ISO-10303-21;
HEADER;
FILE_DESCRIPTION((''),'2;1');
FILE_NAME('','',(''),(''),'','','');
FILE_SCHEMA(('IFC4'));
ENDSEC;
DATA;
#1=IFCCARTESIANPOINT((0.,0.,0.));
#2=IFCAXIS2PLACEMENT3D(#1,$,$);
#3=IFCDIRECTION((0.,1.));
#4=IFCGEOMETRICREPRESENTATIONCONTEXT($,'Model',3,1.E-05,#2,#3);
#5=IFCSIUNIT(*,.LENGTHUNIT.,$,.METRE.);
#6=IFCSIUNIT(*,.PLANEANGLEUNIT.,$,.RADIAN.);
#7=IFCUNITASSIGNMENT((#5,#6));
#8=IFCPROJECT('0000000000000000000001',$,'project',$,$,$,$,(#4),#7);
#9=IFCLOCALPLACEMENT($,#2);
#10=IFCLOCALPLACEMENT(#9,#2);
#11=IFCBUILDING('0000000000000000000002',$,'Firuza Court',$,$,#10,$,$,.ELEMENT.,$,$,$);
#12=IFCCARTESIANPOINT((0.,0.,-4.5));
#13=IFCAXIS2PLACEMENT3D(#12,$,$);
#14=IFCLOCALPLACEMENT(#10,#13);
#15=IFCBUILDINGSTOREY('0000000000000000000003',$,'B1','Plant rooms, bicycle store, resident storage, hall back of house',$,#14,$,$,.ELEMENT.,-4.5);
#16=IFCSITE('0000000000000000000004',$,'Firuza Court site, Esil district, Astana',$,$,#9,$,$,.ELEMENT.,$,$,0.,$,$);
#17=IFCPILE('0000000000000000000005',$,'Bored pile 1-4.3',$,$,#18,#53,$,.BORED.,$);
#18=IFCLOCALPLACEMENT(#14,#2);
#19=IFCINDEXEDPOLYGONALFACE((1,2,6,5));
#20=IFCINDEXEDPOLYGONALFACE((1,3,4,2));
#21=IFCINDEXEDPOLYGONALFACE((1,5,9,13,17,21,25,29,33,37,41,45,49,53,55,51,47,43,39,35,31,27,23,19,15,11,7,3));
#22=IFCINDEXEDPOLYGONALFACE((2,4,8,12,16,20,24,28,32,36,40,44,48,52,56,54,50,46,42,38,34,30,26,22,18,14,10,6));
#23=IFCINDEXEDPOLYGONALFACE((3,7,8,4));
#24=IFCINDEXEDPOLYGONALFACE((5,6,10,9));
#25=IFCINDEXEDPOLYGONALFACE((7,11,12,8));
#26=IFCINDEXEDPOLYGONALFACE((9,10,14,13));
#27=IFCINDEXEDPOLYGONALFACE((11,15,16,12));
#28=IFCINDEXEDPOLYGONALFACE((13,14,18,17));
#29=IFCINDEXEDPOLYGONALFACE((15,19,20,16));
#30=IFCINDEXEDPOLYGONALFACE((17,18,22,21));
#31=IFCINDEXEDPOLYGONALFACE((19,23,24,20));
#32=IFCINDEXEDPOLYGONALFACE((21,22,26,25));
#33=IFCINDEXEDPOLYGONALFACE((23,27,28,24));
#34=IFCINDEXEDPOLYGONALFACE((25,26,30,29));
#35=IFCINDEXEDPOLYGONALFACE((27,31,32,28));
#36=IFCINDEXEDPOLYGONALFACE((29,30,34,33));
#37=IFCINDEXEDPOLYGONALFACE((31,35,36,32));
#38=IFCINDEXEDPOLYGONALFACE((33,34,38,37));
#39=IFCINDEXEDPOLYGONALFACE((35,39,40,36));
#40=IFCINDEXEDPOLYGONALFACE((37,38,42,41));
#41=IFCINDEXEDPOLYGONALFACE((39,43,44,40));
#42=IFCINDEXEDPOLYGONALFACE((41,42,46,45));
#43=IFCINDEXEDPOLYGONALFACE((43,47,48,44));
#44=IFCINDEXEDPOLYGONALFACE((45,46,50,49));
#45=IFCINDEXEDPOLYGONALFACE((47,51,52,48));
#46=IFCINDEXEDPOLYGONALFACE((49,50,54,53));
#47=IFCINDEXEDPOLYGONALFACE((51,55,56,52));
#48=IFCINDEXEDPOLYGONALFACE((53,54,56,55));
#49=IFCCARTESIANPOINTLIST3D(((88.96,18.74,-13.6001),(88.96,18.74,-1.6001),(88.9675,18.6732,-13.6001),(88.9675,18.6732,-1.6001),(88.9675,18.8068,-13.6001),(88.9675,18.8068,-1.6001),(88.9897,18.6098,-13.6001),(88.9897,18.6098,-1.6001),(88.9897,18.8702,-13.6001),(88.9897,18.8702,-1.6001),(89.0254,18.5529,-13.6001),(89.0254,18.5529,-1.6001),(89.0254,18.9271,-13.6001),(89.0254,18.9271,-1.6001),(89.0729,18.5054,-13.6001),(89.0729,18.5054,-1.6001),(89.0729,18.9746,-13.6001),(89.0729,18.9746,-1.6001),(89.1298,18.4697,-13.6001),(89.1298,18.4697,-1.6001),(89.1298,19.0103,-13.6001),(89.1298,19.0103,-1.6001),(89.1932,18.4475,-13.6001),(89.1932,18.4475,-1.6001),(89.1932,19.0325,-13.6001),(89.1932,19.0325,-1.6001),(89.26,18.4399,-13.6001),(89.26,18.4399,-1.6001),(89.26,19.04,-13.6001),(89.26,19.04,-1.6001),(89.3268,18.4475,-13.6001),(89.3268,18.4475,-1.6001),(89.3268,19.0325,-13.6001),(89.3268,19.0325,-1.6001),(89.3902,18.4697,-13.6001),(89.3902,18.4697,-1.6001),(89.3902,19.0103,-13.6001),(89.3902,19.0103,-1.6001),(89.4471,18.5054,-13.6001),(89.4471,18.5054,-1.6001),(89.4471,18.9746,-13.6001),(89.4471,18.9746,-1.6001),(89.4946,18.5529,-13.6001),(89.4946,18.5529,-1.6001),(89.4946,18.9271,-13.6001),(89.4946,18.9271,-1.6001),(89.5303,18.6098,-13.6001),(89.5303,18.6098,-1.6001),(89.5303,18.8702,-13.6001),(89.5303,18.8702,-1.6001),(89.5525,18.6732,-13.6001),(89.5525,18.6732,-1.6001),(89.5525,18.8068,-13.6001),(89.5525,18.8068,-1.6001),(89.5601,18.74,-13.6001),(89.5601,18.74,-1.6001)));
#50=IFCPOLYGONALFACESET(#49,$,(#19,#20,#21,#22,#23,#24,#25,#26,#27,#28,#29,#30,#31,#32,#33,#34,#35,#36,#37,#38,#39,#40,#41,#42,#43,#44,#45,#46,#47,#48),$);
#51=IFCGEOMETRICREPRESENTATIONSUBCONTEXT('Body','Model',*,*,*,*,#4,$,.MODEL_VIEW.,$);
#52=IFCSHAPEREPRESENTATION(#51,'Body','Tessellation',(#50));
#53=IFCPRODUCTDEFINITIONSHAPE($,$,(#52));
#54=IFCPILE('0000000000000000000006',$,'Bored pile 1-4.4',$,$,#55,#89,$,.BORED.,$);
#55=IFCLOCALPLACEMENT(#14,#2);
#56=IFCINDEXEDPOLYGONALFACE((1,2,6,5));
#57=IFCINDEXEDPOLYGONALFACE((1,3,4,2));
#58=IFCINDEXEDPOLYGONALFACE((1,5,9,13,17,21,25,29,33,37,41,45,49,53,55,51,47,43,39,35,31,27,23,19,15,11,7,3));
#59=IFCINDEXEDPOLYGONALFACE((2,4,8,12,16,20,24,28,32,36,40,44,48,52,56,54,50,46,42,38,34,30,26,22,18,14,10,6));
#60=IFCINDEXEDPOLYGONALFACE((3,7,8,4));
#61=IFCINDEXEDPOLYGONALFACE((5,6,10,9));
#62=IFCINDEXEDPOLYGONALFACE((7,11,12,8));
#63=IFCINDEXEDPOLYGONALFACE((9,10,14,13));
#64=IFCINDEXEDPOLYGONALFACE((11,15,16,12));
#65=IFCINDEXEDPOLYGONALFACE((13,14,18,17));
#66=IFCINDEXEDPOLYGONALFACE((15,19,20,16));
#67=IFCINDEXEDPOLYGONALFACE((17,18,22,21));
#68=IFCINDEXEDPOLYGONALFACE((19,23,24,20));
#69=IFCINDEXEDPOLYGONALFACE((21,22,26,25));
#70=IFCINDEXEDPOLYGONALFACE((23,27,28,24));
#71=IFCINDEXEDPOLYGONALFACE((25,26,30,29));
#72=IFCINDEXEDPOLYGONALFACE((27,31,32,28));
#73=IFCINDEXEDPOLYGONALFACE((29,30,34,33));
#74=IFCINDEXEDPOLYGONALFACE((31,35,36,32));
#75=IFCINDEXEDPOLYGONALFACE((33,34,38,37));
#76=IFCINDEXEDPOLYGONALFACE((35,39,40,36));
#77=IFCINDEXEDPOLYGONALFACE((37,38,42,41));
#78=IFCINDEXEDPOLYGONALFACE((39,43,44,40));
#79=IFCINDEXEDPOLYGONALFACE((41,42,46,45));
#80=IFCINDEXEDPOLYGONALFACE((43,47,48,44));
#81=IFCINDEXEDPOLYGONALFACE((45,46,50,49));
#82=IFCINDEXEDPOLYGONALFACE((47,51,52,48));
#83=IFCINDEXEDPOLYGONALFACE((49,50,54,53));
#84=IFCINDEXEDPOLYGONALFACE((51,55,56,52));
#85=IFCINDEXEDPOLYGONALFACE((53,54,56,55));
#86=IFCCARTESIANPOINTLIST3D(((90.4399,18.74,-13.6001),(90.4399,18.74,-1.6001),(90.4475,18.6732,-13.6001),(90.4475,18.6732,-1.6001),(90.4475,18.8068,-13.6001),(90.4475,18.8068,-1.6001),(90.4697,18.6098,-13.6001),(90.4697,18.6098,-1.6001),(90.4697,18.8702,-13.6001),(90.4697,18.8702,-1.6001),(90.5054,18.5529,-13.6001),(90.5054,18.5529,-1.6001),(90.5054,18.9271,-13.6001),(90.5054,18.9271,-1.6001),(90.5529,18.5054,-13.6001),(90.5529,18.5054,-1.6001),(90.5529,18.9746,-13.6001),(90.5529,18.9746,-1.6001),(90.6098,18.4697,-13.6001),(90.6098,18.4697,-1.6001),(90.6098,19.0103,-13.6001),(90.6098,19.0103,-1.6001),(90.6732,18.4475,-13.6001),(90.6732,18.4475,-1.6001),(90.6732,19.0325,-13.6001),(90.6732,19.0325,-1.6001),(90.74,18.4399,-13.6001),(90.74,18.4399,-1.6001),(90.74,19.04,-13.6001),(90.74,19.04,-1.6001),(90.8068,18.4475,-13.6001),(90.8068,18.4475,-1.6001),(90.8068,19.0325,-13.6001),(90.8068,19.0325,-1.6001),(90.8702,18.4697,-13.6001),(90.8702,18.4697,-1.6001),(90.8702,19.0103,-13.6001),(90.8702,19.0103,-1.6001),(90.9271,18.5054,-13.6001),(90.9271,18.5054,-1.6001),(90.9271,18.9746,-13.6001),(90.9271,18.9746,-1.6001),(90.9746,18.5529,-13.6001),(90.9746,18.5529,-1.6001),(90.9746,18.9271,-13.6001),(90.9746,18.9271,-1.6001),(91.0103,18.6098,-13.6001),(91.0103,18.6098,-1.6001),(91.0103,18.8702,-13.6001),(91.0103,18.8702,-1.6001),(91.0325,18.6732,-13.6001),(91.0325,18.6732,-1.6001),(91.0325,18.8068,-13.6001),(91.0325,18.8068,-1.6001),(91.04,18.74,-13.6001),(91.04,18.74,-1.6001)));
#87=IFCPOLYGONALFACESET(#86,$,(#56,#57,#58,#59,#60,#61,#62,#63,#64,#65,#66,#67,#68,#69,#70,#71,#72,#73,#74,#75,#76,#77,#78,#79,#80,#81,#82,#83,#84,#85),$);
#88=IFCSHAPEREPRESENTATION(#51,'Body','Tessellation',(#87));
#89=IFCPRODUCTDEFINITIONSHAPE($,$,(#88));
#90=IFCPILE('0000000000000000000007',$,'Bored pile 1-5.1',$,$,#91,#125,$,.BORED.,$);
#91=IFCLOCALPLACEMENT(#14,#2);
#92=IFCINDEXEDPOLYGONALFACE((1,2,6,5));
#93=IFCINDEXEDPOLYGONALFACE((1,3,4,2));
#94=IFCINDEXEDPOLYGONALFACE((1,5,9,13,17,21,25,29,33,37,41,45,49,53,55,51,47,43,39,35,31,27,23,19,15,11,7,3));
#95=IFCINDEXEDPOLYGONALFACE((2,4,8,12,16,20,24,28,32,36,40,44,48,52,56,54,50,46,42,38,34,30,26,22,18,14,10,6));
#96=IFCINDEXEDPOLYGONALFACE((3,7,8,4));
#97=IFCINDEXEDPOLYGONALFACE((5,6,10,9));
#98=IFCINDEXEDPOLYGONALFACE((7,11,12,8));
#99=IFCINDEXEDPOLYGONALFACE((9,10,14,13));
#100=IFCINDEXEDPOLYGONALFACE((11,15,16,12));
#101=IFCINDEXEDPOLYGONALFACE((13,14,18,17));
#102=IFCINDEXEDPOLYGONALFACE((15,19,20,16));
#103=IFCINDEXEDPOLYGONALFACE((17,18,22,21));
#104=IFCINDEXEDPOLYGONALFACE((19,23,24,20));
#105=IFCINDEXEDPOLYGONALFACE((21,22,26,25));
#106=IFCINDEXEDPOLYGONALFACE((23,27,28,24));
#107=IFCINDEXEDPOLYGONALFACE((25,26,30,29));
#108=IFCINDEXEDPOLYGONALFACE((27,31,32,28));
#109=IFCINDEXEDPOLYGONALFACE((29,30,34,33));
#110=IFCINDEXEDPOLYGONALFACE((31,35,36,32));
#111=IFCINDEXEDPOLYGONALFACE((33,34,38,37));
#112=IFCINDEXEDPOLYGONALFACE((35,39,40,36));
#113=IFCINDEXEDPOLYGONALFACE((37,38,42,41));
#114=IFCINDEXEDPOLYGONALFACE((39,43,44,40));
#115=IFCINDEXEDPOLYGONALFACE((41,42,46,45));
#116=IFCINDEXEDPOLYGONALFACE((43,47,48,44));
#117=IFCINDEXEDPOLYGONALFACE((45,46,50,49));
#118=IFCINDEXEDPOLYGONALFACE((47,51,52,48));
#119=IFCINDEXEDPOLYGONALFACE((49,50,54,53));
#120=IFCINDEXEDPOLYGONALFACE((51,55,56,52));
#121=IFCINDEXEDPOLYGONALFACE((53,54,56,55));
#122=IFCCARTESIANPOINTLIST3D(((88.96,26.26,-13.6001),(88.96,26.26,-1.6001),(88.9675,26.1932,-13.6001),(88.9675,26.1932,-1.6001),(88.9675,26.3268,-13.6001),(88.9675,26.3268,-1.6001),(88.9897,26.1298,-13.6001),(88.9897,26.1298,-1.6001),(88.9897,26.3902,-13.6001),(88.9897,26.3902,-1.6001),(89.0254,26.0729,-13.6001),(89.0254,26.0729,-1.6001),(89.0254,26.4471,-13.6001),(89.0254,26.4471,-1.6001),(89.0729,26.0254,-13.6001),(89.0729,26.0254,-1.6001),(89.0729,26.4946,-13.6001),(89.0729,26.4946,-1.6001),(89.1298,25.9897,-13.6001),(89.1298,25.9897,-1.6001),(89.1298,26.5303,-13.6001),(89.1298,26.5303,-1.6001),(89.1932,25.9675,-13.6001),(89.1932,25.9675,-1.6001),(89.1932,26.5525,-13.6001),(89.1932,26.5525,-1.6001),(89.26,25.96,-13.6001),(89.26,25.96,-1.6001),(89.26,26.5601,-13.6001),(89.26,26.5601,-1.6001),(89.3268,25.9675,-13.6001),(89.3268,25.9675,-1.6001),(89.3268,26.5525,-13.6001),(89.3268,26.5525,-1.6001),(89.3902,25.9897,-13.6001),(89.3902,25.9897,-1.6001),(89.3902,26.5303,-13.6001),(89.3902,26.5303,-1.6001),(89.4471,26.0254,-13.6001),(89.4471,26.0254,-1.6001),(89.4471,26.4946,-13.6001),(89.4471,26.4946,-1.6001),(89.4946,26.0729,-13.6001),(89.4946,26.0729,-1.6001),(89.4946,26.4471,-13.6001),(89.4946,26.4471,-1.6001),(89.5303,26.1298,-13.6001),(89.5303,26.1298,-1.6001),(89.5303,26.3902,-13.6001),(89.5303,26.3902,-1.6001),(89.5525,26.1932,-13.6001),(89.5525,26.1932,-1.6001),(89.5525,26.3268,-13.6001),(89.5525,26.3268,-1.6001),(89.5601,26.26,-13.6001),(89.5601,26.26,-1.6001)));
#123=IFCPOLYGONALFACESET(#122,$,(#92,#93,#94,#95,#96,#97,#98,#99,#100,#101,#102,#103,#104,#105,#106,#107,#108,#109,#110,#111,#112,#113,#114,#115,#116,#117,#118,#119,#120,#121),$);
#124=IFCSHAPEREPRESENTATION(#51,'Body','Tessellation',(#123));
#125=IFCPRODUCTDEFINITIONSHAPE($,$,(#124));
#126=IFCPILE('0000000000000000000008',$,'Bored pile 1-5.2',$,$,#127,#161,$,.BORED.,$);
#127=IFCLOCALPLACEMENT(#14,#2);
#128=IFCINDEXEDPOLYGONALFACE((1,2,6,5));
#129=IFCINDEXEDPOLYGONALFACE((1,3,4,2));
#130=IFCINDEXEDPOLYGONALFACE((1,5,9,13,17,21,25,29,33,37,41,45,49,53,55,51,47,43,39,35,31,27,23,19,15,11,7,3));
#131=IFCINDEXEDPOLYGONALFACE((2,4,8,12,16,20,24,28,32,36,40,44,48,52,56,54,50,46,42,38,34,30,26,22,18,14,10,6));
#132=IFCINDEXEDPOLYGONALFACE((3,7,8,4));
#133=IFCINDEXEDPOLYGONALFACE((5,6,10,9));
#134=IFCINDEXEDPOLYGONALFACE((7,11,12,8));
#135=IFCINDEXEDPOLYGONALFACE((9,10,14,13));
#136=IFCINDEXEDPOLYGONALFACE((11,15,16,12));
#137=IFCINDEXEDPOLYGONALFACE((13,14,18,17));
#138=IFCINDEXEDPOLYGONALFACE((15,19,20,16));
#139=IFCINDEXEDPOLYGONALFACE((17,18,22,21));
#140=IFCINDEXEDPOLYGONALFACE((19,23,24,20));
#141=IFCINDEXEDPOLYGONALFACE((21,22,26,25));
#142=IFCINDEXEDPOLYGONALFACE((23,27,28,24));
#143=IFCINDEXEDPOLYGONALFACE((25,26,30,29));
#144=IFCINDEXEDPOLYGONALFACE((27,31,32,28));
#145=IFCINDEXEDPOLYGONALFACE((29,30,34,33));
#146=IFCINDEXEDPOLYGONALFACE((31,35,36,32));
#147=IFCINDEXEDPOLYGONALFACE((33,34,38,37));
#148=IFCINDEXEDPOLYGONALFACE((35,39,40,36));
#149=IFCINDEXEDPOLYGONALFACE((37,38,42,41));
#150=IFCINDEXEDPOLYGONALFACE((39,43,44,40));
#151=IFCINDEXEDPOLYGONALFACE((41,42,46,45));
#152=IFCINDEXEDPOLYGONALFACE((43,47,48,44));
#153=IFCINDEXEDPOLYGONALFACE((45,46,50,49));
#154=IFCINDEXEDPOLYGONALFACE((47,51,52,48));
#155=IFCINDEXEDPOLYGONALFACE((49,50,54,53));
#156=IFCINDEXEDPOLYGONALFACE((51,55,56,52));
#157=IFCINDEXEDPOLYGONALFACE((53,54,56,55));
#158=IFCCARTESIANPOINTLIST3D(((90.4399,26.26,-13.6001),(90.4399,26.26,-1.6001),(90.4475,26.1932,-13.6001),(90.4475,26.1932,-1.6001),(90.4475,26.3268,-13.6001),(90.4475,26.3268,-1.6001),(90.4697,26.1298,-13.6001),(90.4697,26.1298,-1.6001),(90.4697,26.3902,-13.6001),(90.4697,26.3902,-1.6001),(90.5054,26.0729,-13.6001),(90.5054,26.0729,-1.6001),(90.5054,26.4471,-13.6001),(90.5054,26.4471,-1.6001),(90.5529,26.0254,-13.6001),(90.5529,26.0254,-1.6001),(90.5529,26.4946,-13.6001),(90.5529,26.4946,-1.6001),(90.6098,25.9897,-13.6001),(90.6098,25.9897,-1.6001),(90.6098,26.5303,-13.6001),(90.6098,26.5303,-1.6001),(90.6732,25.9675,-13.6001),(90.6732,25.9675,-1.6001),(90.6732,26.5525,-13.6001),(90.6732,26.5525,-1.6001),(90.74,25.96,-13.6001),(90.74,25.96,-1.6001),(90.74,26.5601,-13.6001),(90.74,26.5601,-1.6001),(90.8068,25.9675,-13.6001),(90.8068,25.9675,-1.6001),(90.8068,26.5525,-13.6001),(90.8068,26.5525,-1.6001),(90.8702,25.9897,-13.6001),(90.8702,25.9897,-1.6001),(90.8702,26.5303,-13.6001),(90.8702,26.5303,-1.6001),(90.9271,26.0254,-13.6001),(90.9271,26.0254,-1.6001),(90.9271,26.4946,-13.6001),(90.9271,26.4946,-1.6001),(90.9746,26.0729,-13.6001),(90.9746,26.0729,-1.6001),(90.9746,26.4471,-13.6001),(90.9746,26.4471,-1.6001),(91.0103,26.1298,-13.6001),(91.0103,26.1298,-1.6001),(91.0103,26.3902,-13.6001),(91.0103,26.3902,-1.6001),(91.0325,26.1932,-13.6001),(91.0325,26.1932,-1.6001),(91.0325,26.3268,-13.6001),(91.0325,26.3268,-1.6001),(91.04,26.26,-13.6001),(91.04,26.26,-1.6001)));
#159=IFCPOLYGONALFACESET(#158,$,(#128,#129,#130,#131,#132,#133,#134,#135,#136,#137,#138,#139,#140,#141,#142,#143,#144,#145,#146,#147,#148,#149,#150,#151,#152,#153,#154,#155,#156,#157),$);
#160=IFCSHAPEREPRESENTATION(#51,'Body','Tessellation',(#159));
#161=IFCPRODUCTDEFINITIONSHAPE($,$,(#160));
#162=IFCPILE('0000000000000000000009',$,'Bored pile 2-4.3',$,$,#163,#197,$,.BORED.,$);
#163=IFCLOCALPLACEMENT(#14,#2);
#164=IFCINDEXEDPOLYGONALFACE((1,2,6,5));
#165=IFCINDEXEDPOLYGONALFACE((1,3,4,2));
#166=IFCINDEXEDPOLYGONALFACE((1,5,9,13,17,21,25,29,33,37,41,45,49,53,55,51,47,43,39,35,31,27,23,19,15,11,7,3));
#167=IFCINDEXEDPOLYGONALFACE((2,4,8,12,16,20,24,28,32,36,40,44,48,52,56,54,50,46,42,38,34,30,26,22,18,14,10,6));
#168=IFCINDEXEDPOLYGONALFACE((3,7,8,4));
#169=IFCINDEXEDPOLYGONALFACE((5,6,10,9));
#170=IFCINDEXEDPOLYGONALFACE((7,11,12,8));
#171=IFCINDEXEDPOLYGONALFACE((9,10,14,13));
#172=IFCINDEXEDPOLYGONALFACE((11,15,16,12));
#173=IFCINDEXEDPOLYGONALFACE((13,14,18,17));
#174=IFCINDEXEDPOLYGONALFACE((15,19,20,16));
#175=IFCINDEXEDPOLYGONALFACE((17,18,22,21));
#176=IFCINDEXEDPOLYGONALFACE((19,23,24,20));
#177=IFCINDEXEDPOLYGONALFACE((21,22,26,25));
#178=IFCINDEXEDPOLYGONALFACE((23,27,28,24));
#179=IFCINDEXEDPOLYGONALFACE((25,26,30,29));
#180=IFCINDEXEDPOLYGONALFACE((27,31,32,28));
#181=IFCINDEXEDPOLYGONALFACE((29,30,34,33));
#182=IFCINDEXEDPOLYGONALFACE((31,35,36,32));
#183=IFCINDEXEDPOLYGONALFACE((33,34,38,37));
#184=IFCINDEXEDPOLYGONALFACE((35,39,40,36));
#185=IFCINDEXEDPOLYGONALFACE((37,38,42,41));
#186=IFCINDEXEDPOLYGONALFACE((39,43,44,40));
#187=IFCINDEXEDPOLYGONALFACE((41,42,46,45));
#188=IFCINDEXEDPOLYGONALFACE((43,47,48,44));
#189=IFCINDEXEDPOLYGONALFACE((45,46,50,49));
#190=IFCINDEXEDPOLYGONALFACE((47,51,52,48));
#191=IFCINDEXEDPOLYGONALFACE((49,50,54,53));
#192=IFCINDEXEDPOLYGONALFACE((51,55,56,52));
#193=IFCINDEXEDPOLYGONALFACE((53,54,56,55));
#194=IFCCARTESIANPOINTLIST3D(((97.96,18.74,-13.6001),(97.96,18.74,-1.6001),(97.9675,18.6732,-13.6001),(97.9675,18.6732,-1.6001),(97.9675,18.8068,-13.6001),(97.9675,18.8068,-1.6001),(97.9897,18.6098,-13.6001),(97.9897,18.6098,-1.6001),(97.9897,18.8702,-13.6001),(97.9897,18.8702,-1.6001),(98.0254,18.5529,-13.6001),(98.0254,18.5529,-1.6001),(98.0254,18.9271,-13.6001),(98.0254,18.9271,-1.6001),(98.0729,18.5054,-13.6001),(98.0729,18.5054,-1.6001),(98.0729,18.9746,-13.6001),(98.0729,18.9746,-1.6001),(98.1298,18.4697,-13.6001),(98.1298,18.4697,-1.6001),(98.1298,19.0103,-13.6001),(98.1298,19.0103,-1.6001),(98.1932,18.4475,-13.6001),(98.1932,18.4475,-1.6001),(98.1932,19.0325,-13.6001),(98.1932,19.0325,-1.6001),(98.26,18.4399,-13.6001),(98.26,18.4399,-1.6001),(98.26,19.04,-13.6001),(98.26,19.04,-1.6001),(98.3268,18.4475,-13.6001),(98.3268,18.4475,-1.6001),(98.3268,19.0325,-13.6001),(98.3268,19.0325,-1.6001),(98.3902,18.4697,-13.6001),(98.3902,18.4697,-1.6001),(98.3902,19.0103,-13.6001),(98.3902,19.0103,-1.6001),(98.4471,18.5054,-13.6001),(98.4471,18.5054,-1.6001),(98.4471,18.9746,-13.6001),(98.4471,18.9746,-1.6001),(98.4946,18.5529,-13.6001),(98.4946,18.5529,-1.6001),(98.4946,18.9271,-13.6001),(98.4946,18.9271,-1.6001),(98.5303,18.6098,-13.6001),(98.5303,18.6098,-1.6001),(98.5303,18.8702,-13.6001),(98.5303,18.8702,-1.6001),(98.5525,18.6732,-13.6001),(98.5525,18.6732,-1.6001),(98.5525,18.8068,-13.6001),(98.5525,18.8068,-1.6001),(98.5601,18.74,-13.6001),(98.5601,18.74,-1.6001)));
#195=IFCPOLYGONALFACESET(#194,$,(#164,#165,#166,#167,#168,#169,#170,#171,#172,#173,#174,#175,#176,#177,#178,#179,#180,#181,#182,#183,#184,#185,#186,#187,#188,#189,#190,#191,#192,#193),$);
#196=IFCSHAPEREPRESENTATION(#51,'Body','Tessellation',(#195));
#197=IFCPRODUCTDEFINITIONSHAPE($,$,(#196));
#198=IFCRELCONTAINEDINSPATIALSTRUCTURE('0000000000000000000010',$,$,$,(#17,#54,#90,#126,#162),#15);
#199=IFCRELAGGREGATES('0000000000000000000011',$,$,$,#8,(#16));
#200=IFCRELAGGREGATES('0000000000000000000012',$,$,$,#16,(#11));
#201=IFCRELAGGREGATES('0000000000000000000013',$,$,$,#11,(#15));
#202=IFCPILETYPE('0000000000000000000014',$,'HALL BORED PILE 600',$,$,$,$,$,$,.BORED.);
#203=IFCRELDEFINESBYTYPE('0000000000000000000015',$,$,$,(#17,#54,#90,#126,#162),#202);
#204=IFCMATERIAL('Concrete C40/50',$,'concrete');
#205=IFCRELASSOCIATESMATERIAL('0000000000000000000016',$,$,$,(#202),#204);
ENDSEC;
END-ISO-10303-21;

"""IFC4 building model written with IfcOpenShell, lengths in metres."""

from ifc_helpers import new_model, si_unit, direction, frame, origin, origin_2d, place, context, subcontext, project, spatial, circle, extrude, material, material_profile, profile_set, type_object, element, save


model = new_model("IFC4")

# Units and contexts
model_context = context("Model", 3, precision=1e-05, world=origin(), true_north=direction((0.0, 1.0)))
body_context = subcontext(model_context, "Body", "Model", "MODEL_VIEW")
ifc_project = project(units=[si_unit("LENGTHUNIT", "METRE"), si_unit("PLANEANGLEUNIT", "RADIAN")], contexts=[model_context])

# Site, building, storey
site_placement = place(None, origin())
site = spatial("IfcSite", under=ifc_project, at=site_placement, Name="Firuza Court site, Esil district, Astana", CompositionType="ELEMENT", RefElevation=0.0)
building_placement = place(site_placement, origin())
building = spatial("IfcBuilding", under=site, at=building_placement, Name="Firuza Court", CompositionType="ELEMENT")
storey_placement = place(building_placement, frame((0.0, 0.0, -4.5)))
storey = spatial("IfcBuildingStorey", under=building, at=storey_placement, Name="B1", Description="Plant rooms, bicycle store, resident storage, hall back of house", CompositionType="ELEMENT", Elevation=-4.5)

# Piles
ifc_material_1 = material(Name="Concrete C40/50", Category="concrete")
ifc_material_profile_1 = material_profile(ifc_material_1, circle(Radius=0.3, at=origin_2d()), Name="PILE 600")
ifc_profile_set_1 = profile_set([ifc_material_profile_1], Name="Concrete C40/50")
pile_type = type_object("IfcPileType", Name="HALL BORED PILE 600", PredefinedType="BORED", material=ifc_profile_set_1)
for number, where, z_axis, x_axis, name in (
    (1, (89.26, 18.74, -1.6001), (0.0, 0.0, -1.0), (1.0, 0.0, 0.0), "Bored pile 1-4.3"),
    (2, (90.74, 18.74, -1.6001), (0.0, 0.0, -1.0), (1.0, 0.0, 0.0), "Bored pile 1-4.4"),
    (3, (89.26, 26.26, -1.6001), (0.0, 0.0, -1.0), (1.0, 0.0, 0.0), "Bored pile 1-5.1"),
    (4, (90.74, 26.26, -1.6001), (0.0, 0.0, -1.0), (1.0, 0.0, 0.0), "Bored pile 1-5.2"),
    (5, (98.26, 18.74, -1.6001), (0.0, 0.0, -1.0), (1.0, 0.0, 0.0), "Bored pile 2-4.3"),
):
    element("IfcPile", number, at=place(storey_placement, frame(where, z_axis=z_axis, x_axis=x_axis)), inside=storey, type_object=pile_type, Name=name, PredefinedType="BORED", context=body_context, shape_type="SweptSolid", body=[
        extrude(circle(Radius=0.3, at=origin_2d()), origin(), (0.0, 0.0, 1.0), 12.0),
    ])

save(model, "model.ifc")
